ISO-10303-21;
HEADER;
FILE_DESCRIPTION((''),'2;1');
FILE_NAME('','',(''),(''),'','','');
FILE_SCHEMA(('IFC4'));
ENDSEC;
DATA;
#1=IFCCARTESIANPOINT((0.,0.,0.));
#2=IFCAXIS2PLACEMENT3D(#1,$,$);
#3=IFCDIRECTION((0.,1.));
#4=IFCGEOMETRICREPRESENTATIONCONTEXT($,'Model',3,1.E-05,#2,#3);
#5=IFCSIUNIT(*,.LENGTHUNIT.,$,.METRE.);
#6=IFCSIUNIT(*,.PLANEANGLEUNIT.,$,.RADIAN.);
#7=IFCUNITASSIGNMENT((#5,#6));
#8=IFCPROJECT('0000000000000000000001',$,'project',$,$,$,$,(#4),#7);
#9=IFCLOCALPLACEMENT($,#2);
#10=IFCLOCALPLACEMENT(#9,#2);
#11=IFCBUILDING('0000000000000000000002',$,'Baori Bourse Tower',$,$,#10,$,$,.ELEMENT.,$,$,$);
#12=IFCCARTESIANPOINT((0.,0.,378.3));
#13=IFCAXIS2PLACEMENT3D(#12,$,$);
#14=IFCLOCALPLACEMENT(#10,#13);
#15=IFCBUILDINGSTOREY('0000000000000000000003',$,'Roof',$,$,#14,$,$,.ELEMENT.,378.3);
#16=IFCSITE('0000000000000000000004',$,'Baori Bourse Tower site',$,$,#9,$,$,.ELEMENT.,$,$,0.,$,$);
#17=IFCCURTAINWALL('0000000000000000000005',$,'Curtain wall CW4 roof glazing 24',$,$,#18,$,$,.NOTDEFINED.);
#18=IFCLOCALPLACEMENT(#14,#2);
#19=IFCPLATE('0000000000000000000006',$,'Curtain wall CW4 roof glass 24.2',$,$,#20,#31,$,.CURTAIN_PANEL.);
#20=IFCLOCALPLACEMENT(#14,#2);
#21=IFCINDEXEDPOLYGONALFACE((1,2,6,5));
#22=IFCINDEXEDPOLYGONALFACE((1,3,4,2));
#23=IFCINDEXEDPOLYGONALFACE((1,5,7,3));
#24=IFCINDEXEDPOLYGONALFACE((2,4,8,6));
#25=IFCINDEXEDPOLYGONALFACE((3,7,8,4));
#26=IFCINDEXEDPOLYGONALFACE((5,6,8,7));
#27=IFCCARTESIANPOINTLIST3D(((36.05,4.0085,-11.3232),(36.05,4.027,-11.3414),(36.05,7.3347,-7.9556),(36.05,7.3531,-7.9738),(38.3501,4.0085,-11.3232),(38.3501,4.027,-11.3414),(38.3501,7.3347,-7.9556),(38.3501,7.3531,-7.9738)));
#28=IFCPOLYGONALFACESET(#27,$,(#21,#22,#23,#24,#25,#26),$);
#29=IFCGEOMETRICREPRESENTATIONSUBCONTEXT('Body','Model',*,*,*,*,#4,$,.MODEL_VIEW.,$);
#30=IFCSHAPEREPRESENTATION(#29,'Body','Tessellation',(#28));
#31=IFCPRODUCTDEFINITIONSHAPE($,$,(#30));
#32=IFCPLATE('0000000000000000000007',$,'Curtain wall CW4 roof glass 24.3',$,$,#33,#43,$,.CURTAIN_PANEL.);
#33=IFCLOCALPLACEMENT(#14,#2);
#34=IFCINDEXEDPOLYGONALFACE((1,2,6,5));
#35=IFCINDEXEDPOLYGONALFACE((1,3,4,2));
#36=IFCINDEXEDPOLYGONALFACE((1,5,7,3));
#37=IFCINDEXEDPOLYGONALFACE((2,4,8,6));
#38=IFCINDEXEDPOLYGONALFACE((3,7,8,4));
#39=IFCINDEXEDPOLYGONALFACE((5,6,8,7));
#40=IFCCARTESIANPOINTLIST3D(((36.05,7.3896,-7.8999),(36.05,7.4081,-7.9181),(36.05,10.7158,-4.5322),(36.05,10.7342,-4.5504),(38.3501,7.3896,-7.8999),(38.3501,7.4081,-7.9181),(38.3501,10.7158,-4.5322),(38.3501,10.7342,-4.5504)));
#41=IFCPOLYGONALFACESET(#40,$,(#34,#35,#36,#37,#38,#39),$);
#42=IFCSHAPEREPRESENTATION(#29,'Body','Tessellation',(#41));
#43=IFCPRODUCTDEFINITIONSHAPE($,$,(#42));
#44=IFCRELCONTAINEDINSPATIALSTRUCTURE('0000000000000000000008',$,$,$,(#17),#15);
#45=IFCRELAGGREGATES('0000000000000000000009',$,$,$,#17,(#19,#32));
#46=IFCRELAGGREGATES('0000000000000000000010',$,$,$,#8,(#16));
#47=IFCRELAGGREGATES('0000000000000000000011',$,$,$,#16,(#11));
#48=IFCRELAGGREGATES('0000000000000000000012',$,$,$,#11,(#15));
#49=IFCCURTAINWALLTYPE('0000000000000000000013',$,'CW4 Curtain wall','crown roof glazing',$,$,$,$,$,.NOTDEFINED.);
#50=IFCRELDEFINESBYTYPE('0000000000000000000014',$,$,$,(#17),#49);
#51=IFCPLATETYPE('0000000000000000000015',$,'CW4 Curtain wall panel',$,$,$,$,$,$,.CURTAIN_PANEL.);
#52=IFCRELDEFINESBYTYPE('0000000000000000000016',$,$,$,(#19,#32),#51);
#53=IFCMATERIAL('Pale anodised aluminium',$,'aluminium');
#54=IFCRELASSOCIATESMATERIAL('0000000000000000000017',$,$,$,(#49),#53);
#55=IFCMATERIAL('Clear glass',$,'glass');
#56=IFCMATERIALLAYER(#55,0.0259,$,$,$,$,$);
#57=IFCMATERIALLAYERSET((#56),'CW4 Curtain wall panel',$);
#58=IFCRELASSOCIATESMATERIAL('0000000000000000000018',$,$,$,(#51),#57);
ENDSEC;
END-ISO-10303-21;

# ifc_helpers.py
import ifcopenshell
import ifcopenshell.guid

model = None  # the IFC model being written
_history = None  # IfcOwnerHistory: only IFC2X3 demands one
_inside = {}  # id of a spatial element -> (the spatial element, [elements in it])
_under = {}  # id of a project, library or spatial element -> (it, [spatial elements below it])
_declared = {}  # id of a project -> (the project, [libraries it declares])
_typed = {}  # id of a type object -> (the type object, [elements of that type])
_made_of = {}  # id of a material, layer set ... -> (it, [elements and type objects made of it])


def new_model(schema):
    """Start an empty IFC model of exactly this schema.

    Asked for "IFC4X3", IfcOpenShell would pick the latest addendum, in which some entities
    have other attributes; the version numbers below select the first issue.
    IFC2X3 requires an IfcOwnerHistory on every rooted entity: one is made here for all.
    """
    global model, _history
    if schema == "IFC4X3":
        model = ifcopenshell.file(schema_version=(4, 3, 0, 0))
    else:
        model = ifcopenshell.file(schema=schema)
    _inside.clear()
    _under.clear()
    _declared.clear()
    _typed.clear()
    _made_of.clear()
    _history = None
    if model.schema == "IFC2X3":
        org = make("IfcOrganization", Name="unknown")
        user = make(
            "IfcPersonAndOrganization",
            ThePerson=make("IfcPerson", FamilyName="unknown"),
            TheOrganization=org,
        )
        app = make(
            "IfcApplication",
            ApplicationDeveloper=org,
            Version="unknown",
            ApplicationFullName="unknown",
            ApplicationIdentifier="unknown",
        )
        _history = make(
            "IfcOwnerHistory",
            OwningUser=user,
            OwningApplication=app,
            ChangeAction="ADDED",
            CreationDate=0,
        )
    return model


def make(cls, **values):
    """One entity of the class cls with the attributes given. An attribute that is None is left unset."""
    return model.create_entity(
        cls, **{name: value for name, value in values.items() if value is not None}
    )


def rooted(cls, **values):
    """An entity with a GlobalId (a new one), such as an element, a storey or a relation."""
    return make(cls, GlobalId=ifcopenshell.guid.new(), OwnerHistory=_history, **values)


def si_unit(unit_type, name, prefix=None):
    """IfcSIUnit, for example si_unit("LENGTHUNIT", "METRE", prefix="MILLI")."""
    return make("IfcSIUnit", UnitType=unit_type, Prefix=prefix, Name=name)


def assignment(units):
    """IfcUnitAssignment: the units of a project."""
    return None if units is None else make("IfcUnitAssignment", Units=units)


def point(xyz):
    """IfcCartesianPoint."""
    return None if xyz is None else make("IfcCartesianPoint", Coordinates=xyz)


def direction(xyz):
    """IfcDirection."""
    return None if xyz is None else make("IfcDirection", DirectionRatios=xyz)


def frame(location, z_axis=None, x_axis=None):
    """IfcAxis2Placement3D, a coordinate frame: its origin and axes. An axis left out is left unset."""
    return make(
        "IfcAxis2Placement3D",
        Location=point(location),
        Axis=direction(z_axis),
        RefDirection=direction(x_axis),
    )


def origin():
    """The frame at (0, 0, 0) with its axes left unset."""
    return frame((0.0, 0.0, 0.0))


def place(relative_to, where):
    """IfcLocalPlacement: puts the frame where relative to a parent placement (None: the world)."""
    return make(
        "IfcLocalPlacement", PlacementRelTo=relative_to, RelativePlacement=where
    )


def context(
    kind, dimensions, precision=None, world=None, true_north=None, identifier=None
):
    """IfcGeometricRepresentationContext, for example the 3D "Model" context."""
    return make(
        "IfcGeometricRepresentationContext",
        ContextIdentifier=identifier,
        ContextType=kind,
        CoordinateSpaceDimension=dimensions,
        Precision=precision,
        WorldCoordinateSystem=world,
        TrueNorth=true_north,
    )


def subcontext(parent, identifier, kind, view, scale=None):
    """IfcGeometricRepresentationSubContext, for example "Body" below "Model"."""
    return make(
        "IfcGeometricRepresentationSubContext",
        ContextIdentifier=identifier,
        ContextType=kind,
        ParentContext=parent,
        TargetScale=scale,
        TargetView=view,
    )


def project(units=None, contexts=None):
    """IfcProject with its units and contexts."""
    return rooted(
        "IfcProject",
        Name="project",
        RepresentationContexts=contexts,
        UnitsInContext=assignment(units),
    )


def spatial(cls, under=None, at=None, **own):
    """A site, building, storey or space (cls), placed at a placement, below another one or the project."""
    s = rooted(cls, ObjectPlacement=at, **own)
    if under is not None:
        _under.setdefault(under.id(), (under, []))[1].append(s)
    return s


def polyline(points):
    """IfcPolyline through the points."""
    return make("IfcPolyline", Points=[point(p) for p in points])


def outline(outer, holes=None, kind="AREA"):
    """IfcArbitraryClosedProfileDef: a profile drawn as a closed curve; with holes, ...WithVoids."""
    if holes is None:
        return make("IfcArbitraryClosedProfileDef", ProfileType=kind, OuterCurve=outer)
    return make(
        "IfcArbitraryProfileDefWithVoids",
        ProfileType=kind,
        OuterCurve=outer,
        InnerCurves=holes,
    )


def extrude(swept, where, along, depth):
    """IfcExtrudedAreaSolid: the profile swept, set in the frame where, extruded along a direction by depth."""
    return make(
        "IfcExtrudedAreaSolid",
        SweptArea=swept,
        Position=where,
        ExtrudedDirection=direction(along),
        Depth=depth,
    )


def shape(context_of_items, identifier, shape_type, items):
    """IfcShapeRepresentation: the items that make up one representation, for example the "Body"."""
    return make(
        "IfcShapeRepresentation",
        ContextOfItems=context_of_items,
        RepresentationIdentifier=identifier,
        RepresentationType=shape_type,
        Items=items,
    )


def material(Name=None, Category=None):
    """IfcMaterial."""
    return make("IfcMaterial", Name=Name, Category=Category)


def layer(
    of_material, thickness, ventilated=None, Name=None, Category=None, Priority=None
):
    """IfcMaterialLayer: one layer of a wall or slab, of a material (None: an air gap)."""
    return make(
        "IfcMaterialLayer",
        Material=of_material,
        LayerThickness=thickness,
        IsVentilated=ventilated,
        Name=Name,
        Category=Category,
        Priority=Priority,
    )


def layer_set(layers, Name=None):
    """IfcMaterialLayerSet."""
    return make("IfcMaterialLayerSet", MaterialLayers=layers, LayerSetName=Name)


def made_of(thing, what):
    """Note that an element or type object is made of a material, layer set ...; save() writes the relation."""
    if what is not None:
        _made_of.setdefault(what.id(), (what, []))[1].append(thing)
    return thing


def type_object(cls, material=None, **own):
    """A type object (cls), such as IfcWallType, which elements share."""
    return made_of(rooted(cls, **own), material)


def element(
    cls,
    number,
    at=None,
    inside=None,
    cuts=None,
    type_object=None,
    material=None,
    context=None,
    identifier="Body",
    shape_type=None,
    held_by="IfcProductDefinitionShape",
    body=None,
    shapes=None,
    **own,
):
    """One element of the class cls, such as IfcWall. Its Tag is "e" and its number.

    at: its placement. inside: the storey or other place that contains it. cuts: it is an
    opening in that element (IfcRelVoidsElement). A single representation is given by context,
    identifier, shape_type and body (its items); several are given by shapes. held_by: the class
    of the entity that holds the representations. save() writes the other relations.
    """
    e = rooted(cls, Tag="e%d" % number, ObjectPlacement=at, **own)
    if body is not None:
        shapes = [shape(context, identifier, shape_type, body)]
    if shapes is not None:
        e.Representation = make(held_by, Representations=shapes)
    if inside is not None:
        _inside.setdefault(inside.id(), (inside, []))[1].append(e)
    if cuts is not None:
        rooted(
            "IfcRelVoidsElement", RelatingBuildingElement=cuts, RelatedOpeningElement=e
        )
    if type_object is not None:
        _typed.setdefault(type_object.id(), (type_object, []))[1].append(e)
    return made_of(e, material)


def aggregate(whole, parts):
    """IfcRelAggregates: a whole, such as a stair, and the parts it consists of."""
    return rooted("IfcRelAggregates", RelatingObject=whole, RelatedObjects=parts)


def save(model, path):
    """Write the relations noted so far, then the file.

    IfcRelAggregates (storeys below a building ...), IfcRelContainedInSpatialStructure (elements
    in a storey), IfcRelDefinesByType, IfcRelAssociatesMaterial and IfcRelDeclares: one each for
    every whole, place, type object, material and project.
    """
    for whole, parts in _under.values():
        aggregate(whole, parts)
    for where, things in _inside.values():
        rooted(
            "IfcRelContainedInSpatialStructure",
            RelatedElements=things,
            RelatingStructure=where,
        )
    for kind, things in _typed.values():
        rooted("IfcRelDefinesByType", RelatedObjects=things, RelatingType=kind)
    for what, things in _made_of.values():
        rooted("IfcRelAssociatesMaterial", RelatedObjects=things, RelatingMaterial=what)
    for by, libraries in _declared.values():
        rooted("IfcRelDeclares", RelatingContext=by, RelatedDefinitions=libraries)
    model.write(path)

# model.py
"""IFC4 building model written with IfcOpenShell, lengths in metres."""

from ifc_helpers import new_model, si_unit, direction, frame, origin, place, context, subcontext, project, spatial, polyline, outline, extrude, material, layer, layer_set, type_object, element, aggregate, save


model = new_model("IFC4")

# Units and contexts
model_context = context("Model", 3, precision=1e-05, world=origin(), true_north=direction((0.0, 1.0)))
body_context = subcontext(model_context, "Body", "Model", "MODEL_VIEW")
ifc_project = project(units=[si_unit("LENGTHUNIT", "METRE"), si_unit("PLANEANGLEUNIT", "RADIAN")], contexts=[model_context])

# Site, building, storey
site_placement = place(None, origin())
site = spatial("IfcSite", under=ifc_project, at=site_placement, Name="Baori Bourse Tower site", CompositionType="ELEMENT", RefElevation=0.0)
building_placement = place(site_placement, origin())
building = spatial("IfcBuilding", under=site, at=building_placement, Name="Baori Bourse Tower", CompositionType="ELEMENT")
storey_placement = place(building_placement, frame((0.0, 0.0, 378.3)))
storey = spatial("IfcBuildingStorey", under=building, at=storey_placement, Name="Roof", CompositionType="ELEMENT", Elevation=378.3)

# Shared definitions
ifc_material_1 = material(Name="Pale anodised aluminium", Category="aluminium")
curtain_wall_type = type_object("IfcCurtainWallType", Name="CW4 Curtain wall", Description="crown roof glazing", PredefinedType="NOTDEFINED", material=ifc_material_1)

# Curtain wall
curtain_wall_1_placement = place(storey_placement, origin())
curtain_wall_1 = element("IfcCurtainWall", 1, at=curtain_wall_1_placement, inside=storey, type_object=curtain_wall_type, Name="Curtain wall CW4 roof glazing 24", PredefinedType="NOTDEFINED")

# Plates
ifc_material_2 = material(Name="Clear glass", Category="glass")
ifc_layer = layer(ifc_material_2, 0.0259)
ifc_layer_set = layer_set([ifc_layer], Name="CW4 Curtain wall panel")
plate_type = type_object("IfcPlateType", Name="CW4 Curtain wall panel", PredefinedType="CURTAIN_PANEL", material=ifc_layer_set)
plate_1_placement = place(storey_placement, frame((36.05, 4.0085, -11.3232), z_axis=(0.0, -0.711477, 0.702709), x_axis=(1.0, 0.0, 0.0)))
plate_1 = element("IfcPlate", 2, at=plate_1_placement, type_object=plate_type, Name="Curtain wall CW4 roof glass 24.2", PredefinedType="CURTAIN_PANEL", context=body_context, shape_type="SweptSolid", body=[
    extrude(outline(polyline([(0.0, 0.0), (2.3, 0.0), (2.3, 4.7334), (0.0, 4.7334), (0.0, 0.0)])), origin(), (0.0, 0.0, -1.0), 0.0259),
])
plate_2_placement = place(storey_placement, frame((36.05, 7.3896, -7.8999), z_axis=(0.0, -0.711477, 0.702709), x_axis=(1.0, 0.0, 0.0)))
plate_2 = element("IfcPlate", 3, at=plate_2_placement, type_object=plate_type, Name="Curtain wall CW4 roof glass 24.3", PredefinedType="CURTAIN_PANEL", context=body_context, shape_type="SweptSolid", body=[
    extrude(outline(polyline([(0.0, 0.0), (2.3, 0.0), (2.3, 4.7334), (0.0, 4.7334), (0.0, 0.0)])), origin(), (0.0, 0.0, -1.0), 0.0259),
])
aggregate(curtain_wall_1, [plate_1, plate_2])

save(model, "model.ifc")
